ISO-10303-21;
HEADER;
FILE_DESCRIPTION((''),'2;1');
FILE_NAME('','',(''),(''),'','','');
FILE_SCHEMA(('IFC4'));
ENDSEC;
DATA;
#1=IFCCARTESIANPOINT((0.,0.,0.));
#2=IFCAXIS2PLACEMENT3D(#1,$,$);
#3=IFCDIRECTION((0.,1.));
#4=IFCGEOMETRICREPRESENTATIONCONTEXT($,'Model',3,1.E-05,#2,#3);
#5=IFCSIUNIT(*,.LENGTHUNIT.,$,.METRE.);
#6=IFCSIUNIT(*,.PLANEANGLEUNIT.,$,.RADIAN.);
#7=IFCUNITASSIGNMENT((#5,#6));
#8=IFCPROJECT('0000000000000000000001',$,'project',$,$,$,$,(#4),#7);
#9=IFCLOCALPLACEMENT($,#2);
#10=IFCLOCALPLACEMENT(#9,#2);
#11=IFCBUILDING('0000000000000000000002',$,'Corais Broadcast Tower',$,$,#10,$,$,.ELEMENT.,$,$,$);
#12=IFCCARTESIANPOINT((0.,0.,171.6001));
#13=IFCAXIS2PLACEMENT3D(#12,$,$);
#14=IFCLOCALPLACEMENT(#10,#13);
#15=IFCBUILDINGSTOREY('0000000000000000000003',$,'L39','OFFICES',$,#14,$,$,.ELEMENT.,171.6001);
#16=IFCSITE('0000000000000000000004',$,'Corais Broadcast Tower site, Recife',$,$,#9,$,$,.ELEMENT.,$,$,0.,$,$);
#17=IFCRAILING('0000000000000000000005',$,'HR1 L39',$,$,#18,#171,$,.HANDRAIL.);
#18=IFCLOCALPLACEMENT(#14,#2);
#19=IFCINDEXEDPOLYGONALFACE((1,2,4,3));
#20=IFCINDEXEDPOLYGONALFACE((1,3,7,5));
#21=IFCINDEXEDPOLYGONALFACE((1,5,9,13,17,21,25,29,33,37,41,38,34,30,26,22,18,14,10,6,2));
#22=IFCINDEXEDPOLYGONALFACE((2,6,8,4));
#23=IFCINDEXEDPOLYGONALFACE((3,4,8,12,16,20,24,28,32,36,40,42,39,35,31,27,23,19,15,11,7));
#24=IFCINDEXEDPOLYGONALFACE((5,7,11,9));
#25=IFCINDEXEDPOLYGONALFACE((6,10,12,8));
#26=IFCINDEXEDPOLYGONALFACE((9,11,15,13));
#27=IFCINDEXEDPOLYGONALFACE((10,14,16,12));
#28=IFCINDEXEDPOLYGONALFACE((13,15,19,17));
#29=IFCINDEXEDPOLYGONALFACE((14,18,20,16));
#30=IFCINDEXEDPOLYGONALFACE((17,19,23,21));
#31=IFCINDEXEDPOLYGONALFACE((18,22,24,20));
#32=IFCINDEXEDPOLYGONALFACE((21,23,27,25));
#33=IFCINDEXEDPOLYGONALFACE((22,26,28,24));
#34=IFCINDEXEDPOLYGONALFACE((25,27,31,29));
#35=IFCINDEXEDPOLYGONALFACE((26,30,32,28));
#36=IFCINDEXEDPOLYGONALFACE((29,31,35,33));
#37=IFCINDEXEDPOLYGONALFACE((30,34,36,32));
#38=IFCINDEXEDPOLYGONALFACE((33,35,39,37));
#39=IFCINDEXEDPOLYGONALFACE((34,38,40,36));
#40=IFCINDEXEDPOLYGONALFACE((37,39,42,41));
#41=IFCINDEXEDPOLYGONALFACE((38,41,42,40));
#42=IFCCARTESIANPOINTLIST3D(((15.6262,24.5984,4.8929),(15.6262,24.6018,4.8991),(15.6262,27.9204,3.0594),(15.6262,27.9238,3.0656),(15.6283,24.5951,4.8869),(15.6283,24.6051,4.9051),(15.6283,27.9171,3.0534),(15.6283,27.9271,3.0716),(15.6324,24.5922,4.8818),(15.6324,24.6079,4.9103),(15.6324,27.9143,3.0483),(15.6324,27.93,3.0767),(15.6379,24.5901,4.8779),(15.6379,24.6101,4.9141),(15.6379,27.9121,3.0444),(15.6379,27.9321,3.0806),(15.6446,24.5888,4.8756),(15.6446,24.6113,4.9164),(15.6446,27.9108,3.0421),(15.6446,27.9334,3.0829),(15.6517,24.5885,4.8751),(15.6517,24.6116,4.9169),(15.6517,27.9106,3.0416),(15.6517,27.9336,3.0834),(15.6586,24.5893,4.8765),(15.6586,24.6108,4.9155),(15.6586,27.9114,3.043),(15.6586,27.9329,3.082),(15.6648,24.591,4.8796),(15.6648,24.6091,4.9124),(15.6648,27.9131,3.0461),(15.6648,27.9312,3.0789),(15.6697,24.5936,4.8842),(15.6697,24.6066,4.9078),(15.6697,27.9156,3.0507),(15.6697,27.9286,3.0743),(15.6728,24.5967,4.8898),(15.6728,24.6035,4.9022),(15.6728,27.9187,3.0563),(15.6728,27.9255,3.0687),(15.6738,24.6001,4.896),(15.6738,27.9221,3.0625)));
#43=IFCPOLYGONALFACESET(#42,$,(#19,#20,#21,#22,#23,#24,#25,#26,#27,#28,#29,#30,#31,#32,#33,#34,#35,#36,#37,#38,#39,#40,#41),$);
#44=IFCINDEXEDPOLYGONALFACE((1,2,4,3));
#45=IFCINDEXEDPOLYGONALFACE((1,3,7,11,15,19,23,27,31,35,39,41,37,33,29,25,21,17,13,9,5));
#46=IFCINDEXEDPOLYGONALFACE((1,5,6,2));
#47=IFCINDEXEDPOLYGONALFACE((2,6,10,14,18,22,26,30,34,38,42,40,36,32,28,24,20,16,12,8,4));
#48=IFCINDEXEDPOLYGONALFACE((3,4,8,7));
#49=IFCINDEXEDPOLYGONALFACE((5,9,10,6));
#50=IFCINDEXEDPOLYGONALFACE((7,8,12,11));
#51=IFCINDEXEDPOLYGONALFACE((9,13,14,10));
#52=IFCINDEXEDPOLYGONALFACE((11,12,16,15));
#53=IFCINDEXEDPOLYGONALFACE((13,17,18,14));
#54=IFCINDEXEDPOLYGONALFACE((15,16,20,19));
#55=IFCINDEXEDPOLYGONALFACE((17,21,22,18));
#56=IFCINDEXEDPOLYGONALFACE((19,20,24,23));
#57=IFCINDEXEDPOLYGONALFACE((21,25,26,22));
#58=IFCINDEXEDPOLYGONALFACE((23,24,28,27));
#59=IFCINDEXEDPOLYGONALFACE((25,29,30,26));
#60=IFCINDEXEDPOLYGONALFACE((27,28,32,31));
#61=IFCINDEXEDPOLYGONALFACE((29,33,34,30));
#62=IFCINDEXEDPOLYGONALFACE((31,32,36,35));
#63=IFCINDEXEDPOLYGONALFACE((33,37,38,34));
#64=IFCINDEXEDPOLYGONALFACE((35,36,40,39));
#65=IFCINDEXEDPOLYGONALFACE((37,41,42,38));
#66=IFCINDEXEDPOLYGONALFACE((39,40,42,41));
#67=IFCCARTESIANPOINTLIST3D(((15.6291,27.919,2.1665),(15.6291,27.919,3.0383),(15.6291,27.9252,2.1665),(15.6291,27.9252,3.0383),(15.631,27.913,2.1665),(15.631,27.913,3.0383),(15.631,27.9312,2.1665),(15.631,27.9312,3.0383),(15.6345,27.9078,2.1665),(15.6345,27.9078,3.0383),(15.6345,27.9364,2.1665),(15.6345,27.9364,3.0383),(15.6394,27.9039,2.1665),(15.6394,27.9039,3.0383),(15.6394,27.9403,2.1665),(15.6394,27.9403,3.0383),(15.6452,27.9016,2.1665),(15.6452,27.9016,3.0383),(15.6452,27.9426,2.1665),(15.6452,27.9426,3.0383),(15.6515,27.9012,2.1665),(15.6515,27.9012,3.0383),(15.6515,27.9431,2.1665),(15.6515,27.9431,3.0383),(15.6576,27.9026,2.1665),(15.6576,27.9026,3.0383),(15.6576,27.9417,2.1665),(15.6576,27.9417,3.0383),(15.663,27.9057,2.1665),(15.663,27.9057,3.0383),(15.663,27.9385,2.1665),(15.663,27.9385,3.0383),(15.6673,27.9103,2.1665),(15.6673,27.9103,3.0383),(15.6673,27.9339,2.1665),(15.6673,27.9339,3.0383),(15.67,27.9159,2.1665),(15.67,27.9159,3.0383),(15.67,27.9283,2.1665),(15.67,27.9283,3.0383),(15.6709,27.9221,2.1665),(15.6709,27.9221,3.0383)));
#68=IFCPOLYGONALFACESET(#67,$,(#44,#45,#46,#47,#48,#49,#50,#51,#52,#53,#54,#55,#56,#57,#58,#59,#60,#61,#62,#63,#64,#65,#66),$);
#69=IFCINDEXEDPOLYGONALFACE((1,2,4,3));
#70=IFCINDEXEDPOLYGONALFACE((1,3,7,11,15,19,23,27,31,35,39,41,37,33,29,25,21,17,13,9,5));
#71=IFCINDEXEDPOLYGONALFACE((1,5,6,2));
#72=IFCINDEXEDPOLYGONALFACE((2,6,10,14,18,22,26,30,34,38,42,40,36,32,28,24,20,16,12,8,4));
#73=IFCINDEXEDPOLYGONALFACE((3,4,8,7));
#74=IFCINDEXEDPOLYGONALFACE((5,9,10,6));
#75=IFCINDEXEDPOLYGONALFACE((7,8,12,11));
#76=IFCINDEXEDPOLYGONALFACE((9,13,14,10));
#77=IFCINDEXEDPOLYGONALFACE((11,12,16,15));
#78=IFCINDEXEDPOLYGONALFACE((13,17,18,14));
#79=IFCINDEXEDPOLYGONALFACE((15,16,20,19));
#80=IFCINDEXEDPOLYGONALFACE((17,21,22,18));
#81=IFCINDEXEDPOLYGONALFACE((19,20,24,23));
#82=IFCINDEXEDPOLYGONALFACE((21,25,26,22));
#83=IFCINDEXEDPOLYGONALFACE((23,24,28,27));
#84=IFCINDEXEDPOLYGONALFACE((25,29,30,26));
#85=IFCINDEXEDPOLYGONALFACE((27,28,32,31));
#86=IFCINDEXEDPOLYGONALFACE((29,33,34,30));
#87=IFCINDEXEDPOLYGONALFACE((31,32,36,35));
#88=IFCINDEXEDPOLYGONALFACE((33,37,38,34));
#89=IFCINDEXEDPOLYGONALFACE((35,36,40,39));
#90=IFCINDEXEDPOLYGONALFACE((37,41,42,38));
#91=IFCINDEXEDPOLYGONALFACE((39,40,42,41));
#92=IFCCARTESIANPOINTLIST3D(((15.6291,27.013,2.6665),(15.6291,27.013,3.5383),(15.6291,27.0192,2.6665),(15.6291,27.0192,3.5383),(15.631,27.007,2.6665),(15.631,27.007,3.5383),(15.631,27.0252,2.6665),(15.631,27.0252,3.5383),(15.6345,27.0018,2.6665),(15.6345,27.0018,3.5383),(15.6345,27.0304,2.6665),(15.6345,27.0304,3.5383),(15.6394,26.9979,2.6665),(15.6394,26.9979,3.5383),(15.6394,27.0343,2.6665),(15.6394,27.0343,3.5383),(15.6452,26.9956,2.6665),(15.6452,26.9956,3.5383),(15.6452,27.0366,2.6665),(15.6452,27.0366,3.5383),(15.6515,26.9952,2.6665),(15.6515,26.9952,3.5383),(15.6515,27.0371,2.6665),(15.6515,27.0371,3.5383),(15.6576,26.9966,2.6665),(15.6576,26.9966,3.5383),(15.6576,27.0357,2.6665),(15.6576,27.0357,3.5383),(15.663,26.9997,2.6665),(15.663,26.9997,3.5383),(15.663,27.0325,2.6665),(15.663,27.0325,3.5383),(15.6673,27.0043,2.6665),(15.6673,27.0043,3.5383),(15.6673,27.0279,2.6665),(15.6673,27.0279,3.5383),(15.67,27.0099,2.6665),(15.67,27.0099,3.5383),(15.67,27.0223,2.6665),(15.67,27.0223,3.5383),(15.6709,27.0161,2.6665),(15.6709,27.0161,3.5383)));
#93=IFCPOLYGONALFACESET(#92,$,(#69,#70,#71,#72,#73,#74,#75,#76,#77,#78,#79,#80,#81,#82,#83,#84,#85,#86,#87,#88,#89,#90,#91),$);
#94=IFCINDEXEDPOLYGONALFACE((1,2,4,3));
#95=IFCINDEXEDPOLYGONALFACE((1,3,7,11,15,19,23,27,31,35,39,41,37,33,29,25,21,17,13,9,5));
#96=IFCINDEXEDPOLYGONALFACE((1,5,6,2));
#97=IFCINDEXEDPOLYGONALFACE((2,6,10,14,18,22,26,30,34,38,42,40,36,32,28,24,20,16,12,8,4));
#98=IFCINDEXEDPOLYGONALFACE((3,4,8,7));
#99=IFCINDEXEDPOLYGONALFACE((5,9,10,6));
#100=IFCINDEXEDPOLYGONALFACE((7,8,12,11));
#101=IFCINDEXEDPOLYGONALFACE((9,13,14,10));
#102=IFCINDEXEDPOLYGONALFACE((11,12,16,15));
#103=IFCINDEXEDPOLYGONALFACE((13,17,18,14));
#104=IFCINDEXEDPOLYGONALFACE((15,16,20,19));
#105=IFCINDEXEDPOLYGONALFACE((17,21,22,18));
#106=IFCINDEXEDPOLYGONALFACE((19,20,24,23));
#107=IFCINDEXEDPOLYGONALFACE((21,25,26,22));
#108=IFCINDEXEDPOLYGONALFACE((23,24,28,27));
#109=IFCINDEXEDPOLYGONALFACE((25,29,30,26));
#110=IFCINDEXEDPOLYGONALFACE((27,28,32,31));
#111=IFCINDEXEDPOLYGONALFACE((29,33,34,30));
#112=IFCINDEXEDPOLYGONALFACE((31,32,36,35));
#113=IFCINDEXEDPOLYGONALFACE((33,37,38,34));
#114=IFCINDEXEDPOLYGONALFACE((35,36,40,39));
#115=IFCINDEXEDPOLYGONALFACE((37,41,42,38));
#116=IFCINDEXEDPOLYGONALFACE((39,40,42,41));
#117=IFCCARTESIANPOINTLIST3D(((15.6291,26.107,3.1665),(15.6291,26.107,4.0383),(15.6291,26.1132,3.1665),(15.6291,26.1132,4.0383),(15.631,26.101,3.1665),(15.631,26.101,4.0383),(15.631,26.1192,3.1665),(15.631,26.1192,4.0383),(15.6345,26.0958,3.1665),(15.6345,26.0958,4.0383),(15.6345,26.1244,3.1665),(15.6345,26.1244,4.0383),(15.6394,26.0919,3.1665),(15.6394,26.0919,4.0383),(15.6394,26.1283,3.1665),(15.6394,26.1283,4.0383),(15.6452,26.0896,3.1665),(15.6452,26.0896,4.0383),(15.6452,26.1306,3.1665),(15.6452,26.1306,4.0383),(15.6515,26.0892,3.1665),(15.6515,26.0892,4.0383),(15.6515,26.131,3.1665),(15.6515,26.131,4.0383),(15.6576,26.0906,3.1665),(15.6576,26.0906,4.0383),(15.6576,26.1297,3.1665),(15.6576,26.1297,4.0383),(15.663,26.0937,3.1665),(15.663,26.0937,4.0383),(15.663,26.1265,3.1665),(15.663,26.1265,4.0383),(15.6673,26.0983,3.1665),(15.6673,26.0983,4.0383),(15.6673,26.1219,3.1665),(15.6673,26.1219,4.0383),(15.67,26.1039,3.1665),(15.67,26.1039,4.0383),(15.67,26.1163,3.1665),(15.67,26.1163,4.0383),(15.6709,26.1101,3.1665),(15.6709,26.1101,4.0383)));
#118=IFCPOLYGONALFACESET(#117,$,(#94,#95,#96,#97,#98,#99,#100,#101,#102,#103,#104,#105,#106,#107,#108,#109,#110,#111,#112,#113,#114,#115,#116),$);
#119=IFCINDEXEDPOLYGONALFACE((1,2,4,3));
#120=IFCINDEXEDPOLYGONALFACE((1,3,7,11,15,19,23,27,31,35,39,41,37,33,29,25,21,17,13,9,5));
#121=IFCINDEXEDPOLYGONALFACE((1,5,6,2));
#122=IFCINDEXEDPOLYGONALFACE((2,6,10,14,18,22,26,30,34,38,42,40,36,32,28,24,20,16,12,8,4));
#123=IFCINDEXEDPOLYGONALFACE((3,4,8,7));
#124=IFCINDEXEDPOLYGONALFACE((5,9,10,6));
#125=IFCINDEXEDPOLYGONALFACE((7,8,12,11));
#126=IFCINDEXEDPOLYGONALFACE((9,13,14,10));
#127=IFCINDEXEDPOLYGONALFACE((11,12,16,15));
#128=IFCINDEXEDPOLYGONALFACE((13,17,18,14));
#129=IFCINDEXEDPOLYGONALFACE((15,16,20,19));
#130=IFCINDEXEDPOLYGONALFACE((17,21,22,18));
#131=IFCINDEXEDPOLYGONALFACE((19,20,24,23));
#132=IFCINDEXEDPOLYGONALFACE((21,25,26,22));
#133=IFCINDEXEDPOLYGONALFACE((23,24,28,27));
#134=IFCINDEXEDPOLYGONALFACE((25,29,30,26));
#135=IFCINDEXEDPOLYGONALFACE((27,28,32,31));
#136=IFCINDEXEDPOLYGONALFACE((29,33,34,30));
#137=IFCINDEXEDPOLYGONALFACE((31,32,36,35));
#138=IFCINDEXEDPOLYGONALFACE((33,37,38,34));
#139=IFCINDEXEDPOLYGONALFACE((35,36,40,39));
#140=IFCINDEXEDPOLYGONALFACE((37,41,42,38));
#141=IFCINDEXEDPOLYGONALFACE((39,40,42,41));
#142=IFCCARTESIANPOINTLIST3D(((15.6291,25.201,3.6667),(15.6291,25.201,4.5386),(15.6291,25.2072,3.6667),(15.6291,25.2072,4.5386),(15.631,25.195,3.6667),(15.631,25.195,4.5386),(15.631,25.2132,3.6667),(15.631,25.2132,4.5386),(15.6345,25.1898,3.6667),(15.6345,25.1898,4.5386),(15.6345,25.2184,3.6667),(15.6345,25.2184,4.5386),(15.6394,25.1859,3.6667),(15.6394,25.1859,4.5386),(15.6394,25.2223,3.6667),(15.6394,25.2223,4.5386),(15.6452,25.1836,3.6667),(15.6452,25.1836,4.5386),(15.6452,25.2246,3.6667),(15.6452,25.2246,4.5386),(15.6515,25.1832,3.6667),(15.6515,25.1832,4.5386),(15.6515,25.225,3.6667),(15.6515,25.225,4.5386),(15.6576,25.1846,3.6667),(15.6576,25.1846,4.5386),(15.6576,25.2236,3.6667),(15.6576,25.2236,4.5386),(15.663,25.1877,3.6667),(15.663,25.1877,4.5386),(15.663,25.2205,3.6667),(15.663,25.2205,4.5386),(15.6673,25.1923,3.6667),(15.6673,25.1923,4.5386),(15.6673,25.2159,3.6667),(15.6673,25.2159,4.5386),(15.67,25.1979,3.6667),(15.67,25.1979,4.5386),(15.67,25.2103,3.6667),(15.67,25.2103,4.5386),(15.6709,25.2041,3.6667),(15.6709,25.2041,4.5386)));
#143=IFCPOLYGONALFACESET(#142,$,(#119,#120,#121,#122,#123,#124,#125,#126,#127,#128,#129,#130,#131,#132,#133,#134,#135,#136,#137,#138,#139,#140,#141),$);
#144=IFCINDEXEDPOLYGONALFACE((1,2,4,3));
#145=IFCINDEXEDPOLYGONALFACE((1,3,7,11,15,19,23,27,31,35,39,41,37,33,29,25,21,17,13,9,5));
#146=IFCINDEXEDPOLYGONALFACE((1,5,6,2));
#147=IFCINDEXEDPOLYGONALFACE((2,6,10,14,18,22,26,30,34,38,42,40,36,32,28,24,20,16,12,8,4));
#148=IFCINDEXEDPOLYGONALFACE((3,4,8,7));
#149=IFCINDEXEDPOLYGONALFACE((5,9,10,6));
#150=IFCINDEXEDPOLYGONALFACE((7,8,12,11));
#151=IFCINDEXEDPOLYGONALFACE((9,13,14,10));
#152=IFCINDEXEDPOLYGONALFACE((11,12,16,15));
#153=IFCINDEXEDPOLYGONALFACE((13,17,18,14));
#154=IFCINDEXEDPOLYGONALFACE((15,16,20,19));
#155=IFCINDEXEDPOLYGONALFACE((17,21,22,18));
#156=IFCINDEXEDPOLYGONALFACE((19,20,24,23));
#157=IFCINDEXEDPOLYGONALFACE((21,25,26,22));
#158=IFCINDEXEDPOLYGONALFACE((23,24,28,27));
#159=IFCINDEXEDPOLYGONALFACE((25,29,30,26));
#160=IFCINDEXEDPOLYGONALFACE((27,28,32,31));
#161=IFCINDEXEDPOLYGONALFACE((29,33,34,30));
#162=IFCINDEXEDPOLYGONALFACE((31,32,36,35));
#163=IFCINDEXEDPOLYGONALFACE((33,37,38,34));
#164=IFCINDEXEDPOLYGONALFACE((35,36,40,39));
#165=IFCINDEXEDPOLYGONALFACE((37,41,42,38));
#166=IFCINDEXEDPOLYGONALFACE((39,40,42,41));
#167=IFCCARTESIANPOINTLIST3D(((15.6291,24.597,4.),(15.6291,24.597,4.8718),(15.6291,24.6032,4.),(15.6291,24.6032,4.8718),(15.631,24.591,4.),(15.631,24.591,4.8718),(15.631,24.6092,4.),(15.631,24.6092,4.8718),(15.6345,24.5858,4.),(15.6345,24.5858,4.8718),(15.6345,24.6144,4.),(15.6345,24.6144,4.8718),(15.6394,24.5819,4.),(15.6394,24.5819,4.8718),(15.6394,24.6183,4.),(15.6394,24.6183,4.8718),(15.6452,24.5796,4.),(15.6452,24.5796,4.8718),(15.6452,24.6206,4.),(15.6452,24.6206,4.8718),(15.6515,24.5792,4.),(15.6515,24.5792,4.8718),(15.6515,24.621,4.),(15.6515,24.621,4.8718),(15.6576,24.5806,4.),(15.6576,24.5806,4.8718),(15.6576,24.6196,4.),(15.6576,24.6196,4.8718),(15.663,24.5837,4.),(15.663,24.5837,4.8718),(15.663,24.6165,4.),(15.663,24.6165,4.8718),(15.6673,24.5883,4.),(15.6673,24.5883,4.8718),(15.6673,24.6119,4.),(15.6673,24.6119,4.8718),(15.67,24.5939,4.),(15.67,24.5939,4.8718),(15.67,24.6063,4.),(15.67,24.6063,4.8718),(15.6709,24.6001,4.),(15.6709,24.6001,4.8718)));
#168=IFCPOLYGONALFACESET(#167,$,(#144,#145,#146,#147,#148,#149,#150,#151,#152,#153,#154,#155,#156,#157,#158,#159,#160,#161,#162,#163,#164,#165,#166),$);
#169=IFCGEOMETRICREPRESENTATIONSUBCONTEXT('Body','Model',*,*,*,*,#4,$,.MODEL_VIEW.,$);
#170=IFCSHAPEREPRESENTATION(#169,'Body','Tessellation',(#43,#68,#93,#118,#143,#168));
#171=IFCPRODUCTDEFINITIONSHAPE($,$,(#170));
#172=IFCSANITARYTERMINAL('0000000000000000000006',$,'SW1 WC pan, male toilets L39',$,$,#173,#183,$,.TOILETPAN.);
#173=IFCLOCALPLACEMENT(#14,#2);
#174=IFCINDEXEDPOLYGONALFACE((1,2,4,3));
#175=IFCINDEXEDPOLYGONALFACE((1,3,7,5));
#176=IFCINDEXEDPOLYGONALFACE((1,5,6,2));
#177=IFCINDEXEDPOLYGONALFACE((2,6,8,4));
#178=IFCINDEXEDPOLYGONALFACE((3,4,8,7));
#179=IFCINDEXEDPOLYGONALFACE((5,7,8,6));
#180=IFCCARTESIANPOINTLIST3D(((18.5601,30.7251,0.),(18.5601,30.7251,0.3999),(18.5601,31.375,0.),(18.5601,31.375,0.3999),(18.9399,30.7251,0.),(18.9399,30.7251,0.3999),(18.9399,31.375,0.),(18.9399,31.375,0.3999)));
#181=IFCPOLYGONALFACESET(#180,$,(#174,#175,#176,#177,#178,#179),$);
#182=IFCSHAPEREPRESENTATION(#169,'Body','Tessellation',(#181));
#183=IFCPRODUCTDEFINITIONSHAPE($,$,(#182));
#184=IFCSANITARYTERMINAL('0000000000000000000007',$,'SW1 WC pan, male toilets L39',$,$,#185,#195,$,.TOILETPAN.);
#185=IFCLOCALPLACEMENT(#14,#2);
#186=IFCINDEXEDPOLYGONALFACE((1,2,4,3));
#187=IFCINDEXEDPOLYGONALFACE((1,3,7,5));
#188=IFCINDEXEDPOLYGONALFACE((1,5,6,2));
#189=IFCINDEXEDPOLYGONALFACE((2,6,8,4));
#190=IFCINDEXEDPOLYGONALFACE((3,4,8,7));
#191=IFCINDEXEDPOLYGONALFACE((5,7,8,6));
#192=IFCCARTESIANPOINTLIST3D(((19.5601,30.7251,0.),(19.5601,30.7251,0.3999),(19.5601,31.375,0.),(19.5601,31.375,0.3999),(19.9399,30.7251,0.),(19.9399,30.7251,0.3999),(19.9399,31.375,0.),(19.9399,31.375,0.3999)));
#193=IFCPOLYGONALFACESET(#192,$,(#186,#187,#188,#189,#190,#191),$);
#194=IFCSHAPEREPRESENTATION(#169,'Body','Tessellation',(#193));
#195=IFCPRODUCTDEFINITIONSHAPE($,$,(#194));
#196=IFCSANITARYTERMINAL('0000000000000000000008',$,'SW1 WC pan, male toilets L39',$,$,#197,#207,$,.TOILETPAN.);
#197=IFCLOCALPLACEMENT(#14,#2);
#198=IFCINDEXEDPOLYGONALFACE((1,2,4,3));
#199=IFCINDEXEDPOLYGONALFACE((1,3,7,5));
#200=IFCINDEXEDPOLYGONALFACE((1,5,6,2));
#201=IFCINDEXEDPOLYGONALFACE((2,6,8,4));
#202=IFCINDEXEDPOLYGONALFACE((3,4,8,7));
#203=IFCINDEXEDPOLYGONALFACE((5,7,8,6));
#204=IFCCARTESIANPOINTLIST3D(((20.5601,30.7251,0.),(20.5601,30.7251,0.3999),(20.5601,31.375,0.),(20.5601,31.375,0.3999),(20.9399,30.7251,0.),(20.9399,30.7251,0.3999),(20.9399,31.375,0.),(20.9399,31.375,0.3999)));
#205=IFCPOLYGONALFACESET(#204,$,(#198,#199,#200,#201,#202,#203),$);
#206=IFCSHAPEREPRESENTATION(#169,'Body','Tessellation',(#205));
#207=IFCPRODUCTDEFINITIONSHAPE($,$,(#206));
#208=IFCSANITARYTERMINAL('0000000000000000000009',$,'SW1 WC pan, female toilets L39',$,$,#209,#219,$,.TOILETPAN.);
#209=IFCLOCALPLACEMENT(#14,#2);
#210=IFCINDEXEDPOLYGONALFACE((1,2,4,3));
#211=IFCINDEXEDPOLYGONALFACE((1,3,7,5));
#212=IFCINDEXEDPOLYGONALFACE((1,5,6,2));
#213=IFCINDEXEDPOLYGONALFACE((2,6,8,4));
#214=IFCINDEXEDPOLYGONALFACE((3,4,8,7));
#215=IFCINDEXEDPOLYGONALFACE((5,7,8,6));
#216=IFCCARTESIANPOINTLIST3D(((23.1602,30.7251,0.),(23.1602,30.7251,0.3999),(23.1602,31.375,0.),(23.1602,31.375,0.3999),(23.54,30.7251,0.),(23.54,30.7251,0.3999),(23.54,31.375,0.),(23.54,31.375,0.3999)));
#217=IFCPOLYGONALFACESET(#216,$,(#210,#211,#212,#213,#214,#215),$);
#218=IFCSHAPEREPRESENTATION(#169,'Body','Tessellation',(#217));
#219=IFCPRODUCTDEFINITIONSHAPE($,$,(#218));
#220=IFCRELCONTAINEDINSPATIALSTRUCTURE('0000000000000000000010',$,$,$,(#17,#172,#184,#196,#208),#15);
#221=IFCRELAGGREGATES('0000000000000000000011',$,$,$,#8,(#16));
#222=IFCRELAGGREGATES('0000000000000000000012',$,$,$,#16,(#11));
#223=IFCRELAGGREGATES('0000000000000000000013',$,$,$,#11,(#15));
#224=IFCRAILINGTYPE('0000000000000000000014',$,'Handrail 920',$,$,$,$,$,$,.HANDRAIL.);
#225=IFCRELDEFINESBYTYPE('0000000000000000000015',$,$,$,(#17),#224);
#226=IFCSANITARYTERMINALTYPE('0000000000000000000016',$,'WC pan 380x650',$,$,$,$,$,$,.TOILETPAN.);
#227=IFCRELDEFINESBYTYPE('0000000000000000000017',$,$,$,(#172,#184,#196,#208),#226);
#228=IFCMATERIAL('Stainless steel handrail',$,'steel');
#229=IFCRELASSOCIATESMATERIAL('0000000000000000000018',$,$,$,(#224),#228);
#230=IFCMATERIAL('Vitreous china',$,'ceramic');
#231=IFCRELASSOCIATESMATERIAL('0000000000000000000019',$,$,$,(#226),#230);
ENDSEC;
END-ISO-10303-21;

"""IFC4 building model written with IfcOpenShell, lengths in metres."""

from ifc_helpers import new_model, si_unit, direction, frame, origin, origin_2d, place, context, subcontext, project, spatial, rectangle, circle, extrude, material, type_object, element, save


model = new_model("IFC4")

# Units and contexts
model_context = context("Model", 3, precision=1e-05, world=origin(), true_north=direction((0.0, 1.0)))
body_context = subcontext(model_context, "Body", "Model", "MODEL_VIEW")
ifc_project = project(units=[si_unit("LENGTHUNIT", "METRE"), si_unit("PLANEANGLEUNIT", "RADIAN")], contexts=[model_context])

# Site, building, storey
site_placement = place(None, origin())
site = spatial("IfcSite", under=ifc_project, at=site_placement, Name="Corais Broadcast Tower site, Recife", CompositionType="ELEMENT", RefElevation=0.0)
building_placement = place(site_placement, origin())
building = spatial("IfcBuilding", under=site, at=building_placement, Name="Corais Broadcast Tower", CompositionType="ELEMENT")
storey_placement = place(building_placement, frame((0.0, 0.0, 171.6001)))
storey = spatial("IfcBuildingStorey", under=building, at=storey_placement, Name="L39", Description="OFFICES", CompositionType="ELEMENT", Elevation=171.6001)

# Railing
ifc_material_1 = material(Name="Stainless steel handrail", Category="steel")
railing_type = type_object("IfcRailingType", Name="Handrail 920", PredefinedType="HANDRAIL", material=ifc_material_1)
for number, where, name in (
    (1, (15.6499, 27.9221, 2.1665), "HR1 L39"),
):
    element("IfcRailing", number, at=place(storey_placement, frame(where)), inside=storey, type_object=railing_type, Name=name, PredefinedType="HANDRAIL", context=body_context, shape_type="SweptSolid", body=[
        extrude(circle(Radius=0.0239, at=origin_2d()), frame((0.0, 0.0, 0.896), z_axis=(0.0, -0.875504, 0.48321), x_axis=(1.0, 0.0, 0.0)), (0.0, 0.0, 1.0), 3.7944),
        extrude(circle(Radius=0.021, at=origin_2d()), origin(), (0.0, 0.0, 1.0), 0.8718),
        extrude(circle(Radius=0.021, at=origin_2d()), frame((0.0, -0.906, 0.5)), (0.0, 0.0, 1.0), 0.8718),
        extrude(circle(Radius=0.021, at=origin_2d()), frame((0.0, -1.812, 1.0)), (0.0, 0.0, 1.0), 0.8718),
        extrude(circle(Radius=0.021, at=origin_2d()), frame((0.0, -2.718, 1.5002)), (0.0, 0.0, 1.0), 0.8718),
        extrude(circle(Radius=0.021, at=origin_2d()), frame((0.0, -3.322, 1.8335)), (0.0, 0.0, 1.0), 0.8718),
    ])

# Sanitary terminals
ifc_material_2 = material(Name="Vitreous china", Category="ceramic")
sanitary_terminal_type = type_object("IfcSanitaryTerminalType", Name="WC pan 380x650", PredefinedType="TOILETPAN", material=ifc_material_2)
for number, where, z_axis, x_axis, name in (
    (2, (18.75, 31.05, 0.0), (0.0, 0.0, 1.0), (1.0, 0.0, 0.0), "SW1 WC pan, male toilets L39"),
    (3, (19.75, 31.05, 0.0), (0.0, 0.0, 1.0), (1.0, 0.0, 0.0), "SW1 WC pan, male toilets L39"),
    (4, (20.75, 31.05, 0.0), (0.0, 0.0, 1.0), (1.0, 0.0, 0.0), "SW1 WC pan, male toilets L39"),
    (5, (23.3501, 31.05, 0.0), (0.0, 0.0, 1.0), (1.0, 0.0, 0.0), "SW1 WC pan, female toilets L39"),
):
    element("IfcSanitaryTerminal", number, at=place(storey_placement, frame(where, z_axis=z_axis, x_axis=x_axis)), inside=storey, type_object=sanitary_terminal_type, Name=name, PredefinedType="TOILETPAN", context=body_context, shape_type="SweptSolid", body=[
        extrude(rectangle(XDim=0.3799, YDim=0.6499, at=origin_2d()), origin(), (0.0, 0.0, 1.0), 0.3999),
    ])

save(model, "model.ifc")
